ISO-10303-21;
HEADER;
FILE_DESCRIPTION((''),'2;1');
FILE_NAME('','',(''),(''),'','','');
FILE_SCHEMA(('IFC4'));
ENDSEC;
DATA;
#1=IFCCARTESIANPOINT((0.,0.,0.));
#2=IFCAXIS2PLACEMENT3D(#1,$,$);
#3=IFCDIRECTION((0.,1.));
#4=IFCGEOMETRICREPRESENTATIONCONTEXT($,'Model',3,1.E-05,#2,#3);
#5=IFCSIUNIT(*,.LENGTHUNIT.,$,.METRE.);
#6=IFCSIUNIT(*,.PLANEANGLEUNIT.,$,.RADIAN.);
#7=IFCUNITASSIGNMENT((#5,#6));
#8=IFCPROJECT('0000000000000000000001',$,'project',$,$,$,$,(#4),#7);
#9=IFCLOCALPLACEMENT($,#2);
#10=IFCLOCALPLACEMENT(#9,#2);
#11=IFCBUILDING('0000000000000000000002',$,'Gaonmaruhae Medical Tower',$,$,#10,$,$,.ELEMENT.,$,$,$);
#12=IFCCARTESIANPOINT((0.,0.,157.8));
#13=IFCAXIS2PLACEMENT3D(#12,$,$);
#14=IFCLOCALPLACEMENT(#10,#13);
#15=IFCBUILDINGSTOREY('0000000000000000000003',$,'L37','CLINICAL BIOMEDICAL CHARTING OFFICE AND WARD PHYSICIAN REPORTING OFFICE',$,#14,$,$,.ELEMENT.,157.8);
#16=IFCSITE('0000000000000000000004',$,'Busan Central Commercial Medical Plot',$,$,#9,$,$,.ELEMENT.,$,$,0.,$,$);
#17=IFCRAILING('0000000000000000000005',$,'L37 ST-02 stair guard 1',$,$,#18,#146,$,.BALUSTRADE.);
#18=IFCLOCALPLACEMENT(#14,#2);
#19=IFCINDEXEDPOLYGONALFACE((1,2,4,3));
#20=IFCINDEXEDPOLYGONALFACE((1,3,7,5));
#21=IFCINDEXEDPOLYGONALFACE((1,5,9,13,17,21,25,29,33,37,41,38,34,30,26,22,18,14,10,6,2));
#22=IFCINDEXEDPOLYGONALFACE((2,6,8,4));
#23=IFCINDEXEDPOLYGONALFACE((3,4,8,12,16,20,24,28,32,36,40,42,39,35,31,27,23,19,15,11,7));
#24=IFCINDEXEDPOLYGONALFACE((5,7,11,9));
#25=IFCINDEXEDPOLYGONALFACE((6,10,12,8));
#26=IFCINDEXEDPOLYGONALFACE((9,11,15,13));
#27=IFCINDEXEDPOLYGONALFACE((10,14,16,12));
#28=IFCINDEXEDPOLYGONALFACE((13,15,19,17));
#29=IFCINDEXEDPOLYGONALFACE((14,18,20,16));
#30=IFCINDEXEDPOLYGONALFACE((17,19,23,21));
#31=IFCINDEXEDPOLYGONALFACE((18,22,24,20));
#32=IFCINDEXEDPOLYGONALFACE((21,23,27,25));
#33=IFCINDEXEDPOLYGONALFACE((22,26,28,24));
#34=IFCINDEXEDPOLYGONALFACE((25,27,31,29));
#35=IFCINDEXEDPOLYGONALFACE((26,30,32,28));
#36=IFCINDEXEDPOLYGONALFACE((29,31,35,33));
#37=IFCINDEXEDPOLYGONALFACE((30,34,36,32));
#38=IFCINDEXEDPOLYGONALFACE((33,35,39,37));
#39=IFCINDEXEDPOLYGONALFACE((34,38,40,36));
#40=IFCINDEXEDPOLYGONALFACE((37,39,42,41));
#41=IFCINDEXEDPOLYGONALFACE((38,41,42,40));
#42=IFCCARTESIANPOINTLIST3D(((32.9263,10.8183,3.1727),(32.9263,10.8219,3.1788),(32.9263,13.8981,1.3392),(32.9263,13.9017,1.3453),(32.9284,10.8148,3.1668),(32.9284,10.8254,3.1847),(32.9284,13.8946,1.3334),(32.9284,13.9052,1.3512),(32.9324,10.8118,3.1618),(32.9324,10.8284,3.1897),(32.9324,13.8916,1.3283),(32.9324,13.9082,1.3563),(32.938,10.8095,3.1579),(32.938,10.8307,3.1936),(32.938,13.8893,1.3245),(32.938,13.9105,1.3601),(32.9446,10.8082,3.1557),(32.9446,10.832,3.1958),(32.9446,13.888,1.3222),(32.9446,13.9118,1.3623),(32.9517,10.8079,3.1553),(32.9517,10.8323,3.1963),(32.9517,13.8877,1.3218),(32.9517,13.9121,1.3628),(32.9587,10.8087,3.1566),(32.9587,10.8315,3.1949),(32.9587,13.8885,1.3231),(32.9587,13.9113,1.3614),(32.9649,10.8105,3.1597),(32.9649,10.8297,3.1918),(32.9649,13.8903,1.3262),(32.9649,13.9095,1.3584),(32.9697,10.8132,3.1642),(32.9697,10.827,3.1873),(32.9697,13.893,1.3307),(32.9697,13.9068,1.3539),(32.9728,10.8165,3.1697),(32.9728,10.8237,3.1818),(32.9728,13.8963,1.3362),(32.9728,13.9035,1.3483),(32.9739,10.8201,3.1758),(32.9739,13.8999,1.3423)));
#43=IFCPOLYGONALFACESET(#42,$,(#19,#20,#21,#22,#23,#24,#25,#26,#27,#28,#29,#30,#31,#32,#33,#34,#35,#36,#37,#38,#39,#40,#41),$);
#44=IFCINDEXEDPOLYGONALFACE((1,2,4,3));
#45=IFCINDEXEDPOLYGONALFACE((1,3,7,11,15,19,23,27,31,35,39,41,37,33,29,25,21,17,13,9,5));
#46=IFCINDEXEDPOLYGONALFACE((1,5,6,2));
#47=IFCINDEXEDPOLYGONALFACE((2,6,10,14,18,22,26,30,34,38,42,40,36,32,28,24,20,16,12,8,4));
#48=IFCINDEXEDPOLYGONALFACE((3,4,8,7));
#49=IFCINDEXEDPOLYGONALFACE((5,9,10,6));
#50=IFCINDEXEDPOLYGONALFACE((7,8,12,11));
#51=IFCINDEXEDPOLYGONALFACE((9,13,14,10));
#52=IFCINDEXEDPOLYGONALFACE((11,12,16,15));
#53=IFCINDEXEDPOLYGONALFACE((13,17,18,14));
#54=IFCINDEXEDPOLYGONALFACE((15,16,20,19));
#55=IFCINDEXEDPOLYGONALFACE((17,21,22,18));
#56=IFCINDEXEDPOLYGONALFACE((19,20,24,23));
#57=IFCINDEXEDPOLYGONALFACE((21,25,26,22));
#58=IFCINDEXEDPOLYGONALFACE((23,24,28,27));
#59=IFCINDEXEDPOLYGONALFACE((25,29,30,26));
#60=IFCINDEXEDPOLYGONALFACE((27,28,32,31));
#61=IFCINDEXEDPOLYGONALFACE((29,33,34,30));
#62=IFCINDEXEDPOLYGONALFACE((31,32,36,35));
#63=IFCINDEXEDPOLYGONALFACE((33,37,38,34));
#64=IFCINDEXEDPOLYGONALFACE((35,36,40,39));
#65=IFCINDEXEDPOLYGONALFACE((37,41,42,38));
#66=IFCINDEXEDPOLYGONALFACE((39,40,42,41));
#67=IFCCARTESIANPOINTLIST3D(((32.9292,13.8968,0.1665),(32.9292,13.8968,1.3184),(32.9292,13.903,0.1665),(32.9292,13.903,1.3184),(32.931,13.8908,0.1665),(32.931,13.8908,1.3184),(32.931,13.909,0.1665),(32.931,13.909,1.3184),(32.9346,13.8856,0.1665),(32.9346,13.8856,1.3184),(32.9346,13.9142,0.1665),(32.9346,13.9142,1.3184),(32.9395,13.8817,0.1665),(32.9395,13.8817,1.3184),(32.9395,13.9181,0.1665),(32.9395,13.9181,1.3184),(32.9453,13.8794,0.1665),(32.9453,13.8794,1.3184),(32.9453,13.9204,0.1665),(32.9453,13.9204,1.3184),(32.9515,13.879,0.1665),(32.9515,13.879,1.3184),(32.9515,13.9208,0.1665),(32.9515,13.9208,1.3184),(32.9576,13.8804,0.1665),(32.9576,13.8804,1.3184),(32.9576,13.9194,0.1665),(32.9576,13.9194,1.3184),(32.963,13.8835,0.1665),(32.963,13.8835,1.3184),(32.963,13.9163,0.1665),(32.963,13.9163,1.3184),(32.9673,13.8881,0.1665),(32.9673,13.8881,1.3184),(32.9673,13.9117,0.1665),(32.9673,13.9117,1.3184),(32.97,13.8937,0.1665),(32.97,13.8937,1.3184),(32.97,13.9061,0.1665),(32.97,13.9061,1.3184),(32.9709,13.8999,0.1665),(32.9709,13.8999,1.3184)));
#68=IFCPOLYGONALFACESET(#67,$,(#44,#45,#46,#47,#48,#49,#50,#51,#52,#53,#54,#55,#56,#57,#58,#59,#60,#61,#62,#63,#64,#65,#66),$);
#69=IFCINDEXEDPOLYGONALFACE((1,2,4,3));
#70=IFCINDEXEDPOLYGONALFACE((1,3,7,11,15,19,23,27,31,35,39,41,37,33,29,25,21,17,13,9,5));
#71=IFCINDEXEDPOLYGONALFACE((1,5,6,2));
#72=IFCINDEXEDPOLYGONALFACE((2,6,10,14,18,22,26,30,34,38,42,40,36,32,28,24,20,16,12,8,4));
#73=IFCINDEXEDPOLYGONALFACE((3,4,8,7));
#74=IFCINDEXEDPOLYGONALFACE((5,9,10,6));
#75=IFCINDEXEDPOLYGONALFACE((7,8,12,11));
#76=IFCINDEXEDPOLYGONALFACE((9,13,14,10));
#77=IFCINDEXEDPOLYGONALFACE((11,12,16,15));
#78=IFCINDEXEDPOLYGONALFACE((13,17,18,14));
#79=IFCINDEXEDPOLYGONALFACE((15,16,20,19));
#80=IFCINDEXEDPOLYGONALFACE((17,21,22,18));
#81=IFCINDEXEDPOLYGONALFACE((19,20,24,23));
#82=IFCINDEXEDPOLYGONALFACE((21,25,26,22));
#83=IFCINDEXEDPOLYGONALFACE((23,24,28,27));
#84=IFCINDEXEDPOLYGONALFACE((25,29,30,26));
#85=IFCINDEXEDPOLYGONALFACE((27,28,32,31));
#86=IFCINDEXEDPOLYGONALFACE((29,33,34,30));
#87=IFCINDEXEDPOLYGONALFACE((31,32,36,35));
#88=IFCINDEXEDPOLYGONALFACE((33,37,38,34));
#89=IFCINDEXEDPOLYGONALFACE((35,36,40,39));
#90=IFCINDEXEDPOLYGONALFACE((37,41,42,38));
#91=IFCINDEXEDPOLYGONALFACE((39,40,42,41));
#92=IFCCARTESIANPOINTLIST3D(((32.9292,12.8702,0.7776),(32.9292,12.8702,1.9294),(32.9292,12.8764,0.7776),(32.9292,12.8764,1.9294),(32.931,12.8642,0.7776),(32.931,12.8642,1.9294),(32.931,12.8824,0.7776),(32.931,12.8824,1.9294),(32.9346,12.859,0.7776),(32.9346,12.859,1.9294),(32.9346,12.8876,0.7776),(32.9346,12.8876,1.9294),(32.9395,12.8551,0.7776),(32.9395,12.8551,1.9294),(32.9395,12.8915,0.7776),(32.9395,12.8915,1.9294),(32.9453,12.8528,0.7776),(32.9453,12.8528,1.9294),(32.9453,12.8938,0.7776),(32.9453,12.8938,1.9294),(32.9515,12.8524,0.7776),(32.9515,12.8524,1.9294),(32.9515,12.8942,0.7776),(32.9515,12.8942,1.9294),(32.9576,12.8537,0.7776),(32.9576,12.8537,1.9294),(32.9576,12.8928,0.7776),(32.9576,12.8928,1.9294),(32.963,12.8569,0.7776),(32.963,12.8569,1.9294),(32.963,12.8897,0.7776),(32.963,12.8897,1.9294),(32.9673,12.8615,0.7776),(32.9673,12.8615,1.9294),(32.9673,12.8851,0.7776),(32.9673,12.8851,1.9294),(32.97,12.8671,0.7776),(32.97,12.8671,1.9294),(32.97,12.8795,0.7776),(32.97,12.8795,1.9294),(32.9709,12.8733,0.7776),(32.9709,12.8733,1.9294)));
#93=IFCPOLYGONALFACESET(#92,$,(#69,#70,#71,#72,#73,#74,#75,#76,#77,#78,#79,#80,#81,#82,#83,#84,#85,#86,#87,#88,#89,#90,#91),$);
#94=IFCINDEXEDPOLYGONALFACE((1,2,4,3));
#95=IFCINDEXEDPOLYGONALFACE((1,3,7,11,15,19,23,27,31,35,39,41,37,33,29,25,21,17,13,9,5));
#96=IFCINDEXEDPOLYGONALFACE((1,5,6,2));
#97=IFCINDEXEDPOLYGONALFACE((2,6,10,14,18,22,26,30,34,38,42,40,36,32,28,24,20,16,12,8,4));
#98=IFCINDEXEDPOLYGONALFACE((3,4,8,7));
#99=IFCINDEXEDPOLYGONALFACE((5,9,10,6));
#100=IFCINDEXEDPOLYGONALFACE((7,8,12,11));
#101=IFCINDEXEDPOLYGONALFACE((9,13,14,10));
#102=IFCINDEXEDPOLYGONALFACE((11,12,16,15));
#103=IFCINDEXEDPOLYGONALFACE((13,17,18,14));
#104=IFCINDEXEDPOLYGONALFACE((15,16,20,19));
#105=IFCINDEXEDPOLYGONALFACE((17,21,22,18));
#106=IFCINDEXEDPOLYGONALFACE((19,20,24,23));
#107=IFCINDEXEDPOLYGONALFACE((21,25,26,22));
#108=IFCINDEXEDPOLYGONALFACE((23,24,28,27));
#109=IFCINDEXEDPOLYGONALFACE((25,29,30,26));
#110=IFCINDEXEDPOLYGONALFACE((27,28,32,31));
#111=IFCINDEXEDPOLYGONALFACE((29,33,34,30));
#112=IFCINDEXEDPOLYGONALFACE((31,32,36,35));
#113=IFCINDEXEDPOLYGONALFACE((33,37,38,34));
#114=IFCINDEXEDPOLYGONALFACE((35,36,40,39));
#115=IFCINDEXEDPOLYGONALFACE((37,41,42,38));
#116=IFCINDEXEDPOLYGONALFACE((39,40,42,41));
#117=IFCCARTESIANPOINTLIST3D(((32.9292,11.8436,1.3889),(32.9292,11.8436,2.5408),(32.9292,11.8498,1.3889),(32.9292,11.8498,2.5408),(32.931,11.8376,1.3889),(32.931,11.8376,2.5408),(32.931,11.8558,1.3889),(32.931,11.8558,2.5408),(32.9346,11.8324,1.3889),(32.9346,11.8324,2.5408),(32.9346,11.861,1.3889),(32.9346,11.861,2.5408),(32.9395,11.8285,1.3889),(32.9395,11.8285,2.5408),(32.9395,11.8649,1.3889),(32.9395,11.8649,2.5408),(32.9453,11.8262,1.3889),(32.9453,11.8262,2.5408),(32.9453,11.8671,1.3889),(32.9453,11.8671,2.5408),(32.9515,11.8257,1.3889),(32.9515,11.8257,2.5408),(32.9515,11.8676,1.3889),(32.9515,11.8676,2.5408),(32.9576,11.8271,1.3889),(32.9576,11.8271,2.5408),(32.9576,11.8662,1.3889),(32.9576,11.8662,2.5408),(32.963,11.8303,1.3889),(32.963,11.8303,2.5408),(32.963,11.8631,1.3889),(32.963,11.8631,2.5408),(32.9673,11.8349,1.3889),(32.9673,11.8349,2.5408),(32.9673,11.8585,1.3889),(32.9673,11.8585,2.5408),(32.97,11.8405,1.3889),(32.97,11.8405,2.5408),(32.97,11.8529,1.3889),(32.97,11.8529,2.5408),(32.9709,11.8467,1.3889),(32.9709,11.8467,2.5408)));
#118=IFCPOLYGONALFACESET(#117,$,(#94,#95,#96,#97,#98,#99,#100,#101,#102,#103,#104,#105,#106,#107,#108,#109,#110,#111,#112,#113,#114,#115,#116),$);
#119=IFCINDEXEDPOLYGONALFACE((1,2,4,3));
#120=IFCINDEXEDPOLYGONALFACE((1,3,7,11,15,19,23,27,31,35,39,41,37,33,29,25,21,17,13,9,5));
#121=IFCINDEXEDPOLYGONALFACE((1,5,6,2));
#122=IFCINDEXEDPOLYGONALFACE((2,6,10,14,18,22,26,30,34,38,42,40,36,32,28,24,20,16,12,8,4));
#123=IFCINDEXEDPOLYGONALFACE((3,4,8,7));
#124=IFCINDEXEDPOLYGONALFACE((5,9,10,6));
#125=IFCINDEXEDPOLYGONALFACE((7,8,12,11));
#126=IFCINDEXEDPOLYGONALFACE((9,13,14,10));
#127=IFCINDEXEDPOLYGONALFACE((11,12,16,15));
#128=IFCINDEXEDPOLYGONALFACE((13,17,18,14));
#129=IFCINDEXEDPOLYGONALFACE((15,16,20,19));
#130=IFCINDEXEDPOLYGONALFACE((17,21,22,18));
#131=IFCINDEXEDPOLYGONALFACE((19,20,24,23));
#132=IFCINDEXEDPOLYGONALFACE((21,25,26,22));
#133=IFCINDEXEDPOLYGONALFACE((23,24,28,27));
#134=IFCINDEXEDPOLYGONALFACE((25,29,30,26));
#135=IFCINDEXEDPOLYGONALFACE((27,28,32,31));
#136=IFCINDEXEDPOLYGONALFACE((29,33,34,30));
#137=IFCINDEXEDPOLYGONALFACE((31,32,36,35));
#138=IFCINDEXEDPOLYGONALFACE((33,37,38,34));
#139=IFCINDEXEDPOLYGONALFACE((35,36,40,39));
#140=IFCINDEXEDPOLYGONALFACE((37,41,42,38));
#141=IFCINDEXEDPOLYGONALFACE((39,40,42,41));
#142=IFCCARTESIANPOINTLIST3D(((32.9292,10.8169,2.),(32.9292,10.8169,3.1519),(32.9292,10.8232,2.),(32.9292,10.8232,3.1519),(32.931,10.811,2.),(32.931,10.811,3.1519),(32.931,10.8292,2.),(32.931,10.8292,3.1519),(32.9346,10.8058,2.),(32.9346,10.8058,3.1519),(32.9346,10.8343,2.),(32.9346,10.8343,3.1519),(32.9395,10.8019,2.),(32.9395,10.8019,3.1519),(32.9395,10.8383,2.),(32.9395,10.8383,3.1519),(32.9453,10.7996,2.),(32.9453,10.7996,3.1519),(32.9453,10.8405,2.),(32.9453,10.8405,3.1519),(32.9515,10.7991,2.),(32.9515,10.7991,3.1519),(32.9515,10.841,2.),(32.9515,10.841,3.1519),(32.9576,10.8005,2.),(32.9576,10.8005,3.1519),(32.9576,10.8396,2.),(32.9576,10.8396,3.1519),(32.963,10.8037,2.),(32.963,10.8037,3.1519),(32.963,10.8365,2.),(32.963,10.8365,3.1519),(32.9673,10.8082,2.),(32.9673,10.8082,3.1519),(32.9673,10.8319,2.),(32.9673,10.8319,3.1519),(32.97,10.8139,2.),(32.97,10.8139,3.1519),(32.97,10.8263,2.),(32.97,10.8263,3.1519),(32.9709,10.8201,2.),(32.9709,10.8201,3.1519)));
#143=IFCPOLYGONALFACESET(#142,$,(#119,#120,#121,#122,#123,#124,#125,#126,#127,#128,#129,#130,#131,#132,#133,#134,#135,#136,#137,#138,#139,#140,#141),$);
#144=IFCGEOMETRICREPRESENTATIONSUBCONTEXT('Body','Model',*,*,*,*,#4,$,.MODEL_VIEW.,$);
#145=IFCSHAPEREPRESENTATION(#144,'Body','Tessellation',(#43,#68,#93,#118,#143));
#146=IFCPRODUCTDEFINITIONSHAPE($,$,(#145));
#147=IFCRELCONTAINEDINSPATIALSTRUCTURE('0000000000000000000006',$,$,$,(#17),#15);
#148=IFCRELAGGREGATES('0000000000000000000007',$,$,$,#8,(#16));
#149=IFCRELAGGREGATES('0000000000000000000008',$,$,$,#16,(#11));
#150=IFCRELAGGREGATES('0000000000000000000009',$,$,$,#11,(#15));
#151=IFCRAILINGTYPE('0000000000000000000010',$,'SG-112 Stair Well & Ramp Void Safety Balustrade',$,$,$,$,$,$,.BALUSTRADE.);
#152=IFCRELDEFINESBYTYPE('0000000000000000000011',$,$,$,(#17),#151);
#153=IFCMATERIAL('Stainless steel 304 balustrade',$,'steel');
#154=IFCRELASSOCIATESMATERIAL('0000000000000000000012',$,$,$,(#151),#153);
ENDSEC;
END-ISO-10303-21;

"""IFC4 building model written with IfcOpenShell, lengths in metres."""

from ifc_helpers import new_model, si_unit, direction, frame, origin, origin_2d, place, context, subcontext, project, spatial, circle, extrude, material, type_object, element, save


model = new_model("IFC4")

# Units and contexts
model_context = context("Model", 3, precision=1e-05, world=origin(), true_north=direction((0.0, 1.0)))
body_context = subcontext(model_context, "Body", "Model", "MODEL_VIEW")
ifc_project = project(units=[si_unit("LENGTHUNIT", "METRE"), si_unit("PLANEANGLEUNIT", "RADIAN")], contexts=[model_context])

# Site, building, storey
site_placement = place(None, origin())
site = spatial("IfcSite", under=ifc_project, at=site_placement, Name="Busan Central Commercial Medical Plot", CompositionType="ELEMENT", RefElevation=0.0)
building_placement = place(site_placement, origin())
building = spatial("IfcBuilding", under=site, at=building_placement, Name="Gaonmaruhae Medical Tower", CompositionType="ELEMENT")
storey_placement = place(building_placement, frame((0.0, 0.0, 157.8)))
storey = spatial("IfcBuildingStorey", under=building, at=storey_placement, Name="L37", Description="CLINICAL BIOMEDICAL CHARTING OFFICE AND WARD PHYSICIAN REPORTING OFFICE", CompositionType="ELEMENT", Elevation=157.8)

# Railing
ifc_material_1 = material(Name="Stainless steel 304 balustrade", Category="steel")
railing_type_1 = type_object("IfcRailingType", Name="SG-112 Stair Well & Ramp Void Safety Balustrade", PredefinedType="BALUSTRADE", material=ifc_material_1)
railing_1_placement = place(storey_placement, frame((32.95, 13.8999, 0.1665)))
element("IfcRailing", 1, at=railing_1_placement, inside=storey, type_object=railing_type_1, Name="L37 ST-02 stair guard 1", PredefinedType="BALUSTRADE", context=body_context, shape_type="SweptSolid", body=[
    extrude(circle(Radius=0.0239, at=origin_2d()), frame((0.0, 0.0, 1.1758), z_axis=(0.0, -0.859261, 0.511538), x_axis=(1.0, 0.0, 0.0)), (0.0, 0.0, 1.0), 3.5842),
    extrude(circle(Radius=0.021, at=origin_2d()), origin(), (0.0, 0.0, 1.0), 1.1519),
    extrude(circle(Radius=0.021, at=origin_2d()), frame((0.0, -1.0266, 0.6111)), (0.0, 0.0, 1.0), 1.1519),
    extrude(circle(Radius=0.021, at=origin_2d()), frame((0.0, -2.0532, 1.2224)), (0.0, 0.0, 1.0), 1.1519),
    extrude(circle(Radius=0.021, at=origin_2d()), frame((0.0, -3.0798, 1.8335)), (0.0, 0.0, 1.0), 1.1519),
])

save(model, "model.ifc")
